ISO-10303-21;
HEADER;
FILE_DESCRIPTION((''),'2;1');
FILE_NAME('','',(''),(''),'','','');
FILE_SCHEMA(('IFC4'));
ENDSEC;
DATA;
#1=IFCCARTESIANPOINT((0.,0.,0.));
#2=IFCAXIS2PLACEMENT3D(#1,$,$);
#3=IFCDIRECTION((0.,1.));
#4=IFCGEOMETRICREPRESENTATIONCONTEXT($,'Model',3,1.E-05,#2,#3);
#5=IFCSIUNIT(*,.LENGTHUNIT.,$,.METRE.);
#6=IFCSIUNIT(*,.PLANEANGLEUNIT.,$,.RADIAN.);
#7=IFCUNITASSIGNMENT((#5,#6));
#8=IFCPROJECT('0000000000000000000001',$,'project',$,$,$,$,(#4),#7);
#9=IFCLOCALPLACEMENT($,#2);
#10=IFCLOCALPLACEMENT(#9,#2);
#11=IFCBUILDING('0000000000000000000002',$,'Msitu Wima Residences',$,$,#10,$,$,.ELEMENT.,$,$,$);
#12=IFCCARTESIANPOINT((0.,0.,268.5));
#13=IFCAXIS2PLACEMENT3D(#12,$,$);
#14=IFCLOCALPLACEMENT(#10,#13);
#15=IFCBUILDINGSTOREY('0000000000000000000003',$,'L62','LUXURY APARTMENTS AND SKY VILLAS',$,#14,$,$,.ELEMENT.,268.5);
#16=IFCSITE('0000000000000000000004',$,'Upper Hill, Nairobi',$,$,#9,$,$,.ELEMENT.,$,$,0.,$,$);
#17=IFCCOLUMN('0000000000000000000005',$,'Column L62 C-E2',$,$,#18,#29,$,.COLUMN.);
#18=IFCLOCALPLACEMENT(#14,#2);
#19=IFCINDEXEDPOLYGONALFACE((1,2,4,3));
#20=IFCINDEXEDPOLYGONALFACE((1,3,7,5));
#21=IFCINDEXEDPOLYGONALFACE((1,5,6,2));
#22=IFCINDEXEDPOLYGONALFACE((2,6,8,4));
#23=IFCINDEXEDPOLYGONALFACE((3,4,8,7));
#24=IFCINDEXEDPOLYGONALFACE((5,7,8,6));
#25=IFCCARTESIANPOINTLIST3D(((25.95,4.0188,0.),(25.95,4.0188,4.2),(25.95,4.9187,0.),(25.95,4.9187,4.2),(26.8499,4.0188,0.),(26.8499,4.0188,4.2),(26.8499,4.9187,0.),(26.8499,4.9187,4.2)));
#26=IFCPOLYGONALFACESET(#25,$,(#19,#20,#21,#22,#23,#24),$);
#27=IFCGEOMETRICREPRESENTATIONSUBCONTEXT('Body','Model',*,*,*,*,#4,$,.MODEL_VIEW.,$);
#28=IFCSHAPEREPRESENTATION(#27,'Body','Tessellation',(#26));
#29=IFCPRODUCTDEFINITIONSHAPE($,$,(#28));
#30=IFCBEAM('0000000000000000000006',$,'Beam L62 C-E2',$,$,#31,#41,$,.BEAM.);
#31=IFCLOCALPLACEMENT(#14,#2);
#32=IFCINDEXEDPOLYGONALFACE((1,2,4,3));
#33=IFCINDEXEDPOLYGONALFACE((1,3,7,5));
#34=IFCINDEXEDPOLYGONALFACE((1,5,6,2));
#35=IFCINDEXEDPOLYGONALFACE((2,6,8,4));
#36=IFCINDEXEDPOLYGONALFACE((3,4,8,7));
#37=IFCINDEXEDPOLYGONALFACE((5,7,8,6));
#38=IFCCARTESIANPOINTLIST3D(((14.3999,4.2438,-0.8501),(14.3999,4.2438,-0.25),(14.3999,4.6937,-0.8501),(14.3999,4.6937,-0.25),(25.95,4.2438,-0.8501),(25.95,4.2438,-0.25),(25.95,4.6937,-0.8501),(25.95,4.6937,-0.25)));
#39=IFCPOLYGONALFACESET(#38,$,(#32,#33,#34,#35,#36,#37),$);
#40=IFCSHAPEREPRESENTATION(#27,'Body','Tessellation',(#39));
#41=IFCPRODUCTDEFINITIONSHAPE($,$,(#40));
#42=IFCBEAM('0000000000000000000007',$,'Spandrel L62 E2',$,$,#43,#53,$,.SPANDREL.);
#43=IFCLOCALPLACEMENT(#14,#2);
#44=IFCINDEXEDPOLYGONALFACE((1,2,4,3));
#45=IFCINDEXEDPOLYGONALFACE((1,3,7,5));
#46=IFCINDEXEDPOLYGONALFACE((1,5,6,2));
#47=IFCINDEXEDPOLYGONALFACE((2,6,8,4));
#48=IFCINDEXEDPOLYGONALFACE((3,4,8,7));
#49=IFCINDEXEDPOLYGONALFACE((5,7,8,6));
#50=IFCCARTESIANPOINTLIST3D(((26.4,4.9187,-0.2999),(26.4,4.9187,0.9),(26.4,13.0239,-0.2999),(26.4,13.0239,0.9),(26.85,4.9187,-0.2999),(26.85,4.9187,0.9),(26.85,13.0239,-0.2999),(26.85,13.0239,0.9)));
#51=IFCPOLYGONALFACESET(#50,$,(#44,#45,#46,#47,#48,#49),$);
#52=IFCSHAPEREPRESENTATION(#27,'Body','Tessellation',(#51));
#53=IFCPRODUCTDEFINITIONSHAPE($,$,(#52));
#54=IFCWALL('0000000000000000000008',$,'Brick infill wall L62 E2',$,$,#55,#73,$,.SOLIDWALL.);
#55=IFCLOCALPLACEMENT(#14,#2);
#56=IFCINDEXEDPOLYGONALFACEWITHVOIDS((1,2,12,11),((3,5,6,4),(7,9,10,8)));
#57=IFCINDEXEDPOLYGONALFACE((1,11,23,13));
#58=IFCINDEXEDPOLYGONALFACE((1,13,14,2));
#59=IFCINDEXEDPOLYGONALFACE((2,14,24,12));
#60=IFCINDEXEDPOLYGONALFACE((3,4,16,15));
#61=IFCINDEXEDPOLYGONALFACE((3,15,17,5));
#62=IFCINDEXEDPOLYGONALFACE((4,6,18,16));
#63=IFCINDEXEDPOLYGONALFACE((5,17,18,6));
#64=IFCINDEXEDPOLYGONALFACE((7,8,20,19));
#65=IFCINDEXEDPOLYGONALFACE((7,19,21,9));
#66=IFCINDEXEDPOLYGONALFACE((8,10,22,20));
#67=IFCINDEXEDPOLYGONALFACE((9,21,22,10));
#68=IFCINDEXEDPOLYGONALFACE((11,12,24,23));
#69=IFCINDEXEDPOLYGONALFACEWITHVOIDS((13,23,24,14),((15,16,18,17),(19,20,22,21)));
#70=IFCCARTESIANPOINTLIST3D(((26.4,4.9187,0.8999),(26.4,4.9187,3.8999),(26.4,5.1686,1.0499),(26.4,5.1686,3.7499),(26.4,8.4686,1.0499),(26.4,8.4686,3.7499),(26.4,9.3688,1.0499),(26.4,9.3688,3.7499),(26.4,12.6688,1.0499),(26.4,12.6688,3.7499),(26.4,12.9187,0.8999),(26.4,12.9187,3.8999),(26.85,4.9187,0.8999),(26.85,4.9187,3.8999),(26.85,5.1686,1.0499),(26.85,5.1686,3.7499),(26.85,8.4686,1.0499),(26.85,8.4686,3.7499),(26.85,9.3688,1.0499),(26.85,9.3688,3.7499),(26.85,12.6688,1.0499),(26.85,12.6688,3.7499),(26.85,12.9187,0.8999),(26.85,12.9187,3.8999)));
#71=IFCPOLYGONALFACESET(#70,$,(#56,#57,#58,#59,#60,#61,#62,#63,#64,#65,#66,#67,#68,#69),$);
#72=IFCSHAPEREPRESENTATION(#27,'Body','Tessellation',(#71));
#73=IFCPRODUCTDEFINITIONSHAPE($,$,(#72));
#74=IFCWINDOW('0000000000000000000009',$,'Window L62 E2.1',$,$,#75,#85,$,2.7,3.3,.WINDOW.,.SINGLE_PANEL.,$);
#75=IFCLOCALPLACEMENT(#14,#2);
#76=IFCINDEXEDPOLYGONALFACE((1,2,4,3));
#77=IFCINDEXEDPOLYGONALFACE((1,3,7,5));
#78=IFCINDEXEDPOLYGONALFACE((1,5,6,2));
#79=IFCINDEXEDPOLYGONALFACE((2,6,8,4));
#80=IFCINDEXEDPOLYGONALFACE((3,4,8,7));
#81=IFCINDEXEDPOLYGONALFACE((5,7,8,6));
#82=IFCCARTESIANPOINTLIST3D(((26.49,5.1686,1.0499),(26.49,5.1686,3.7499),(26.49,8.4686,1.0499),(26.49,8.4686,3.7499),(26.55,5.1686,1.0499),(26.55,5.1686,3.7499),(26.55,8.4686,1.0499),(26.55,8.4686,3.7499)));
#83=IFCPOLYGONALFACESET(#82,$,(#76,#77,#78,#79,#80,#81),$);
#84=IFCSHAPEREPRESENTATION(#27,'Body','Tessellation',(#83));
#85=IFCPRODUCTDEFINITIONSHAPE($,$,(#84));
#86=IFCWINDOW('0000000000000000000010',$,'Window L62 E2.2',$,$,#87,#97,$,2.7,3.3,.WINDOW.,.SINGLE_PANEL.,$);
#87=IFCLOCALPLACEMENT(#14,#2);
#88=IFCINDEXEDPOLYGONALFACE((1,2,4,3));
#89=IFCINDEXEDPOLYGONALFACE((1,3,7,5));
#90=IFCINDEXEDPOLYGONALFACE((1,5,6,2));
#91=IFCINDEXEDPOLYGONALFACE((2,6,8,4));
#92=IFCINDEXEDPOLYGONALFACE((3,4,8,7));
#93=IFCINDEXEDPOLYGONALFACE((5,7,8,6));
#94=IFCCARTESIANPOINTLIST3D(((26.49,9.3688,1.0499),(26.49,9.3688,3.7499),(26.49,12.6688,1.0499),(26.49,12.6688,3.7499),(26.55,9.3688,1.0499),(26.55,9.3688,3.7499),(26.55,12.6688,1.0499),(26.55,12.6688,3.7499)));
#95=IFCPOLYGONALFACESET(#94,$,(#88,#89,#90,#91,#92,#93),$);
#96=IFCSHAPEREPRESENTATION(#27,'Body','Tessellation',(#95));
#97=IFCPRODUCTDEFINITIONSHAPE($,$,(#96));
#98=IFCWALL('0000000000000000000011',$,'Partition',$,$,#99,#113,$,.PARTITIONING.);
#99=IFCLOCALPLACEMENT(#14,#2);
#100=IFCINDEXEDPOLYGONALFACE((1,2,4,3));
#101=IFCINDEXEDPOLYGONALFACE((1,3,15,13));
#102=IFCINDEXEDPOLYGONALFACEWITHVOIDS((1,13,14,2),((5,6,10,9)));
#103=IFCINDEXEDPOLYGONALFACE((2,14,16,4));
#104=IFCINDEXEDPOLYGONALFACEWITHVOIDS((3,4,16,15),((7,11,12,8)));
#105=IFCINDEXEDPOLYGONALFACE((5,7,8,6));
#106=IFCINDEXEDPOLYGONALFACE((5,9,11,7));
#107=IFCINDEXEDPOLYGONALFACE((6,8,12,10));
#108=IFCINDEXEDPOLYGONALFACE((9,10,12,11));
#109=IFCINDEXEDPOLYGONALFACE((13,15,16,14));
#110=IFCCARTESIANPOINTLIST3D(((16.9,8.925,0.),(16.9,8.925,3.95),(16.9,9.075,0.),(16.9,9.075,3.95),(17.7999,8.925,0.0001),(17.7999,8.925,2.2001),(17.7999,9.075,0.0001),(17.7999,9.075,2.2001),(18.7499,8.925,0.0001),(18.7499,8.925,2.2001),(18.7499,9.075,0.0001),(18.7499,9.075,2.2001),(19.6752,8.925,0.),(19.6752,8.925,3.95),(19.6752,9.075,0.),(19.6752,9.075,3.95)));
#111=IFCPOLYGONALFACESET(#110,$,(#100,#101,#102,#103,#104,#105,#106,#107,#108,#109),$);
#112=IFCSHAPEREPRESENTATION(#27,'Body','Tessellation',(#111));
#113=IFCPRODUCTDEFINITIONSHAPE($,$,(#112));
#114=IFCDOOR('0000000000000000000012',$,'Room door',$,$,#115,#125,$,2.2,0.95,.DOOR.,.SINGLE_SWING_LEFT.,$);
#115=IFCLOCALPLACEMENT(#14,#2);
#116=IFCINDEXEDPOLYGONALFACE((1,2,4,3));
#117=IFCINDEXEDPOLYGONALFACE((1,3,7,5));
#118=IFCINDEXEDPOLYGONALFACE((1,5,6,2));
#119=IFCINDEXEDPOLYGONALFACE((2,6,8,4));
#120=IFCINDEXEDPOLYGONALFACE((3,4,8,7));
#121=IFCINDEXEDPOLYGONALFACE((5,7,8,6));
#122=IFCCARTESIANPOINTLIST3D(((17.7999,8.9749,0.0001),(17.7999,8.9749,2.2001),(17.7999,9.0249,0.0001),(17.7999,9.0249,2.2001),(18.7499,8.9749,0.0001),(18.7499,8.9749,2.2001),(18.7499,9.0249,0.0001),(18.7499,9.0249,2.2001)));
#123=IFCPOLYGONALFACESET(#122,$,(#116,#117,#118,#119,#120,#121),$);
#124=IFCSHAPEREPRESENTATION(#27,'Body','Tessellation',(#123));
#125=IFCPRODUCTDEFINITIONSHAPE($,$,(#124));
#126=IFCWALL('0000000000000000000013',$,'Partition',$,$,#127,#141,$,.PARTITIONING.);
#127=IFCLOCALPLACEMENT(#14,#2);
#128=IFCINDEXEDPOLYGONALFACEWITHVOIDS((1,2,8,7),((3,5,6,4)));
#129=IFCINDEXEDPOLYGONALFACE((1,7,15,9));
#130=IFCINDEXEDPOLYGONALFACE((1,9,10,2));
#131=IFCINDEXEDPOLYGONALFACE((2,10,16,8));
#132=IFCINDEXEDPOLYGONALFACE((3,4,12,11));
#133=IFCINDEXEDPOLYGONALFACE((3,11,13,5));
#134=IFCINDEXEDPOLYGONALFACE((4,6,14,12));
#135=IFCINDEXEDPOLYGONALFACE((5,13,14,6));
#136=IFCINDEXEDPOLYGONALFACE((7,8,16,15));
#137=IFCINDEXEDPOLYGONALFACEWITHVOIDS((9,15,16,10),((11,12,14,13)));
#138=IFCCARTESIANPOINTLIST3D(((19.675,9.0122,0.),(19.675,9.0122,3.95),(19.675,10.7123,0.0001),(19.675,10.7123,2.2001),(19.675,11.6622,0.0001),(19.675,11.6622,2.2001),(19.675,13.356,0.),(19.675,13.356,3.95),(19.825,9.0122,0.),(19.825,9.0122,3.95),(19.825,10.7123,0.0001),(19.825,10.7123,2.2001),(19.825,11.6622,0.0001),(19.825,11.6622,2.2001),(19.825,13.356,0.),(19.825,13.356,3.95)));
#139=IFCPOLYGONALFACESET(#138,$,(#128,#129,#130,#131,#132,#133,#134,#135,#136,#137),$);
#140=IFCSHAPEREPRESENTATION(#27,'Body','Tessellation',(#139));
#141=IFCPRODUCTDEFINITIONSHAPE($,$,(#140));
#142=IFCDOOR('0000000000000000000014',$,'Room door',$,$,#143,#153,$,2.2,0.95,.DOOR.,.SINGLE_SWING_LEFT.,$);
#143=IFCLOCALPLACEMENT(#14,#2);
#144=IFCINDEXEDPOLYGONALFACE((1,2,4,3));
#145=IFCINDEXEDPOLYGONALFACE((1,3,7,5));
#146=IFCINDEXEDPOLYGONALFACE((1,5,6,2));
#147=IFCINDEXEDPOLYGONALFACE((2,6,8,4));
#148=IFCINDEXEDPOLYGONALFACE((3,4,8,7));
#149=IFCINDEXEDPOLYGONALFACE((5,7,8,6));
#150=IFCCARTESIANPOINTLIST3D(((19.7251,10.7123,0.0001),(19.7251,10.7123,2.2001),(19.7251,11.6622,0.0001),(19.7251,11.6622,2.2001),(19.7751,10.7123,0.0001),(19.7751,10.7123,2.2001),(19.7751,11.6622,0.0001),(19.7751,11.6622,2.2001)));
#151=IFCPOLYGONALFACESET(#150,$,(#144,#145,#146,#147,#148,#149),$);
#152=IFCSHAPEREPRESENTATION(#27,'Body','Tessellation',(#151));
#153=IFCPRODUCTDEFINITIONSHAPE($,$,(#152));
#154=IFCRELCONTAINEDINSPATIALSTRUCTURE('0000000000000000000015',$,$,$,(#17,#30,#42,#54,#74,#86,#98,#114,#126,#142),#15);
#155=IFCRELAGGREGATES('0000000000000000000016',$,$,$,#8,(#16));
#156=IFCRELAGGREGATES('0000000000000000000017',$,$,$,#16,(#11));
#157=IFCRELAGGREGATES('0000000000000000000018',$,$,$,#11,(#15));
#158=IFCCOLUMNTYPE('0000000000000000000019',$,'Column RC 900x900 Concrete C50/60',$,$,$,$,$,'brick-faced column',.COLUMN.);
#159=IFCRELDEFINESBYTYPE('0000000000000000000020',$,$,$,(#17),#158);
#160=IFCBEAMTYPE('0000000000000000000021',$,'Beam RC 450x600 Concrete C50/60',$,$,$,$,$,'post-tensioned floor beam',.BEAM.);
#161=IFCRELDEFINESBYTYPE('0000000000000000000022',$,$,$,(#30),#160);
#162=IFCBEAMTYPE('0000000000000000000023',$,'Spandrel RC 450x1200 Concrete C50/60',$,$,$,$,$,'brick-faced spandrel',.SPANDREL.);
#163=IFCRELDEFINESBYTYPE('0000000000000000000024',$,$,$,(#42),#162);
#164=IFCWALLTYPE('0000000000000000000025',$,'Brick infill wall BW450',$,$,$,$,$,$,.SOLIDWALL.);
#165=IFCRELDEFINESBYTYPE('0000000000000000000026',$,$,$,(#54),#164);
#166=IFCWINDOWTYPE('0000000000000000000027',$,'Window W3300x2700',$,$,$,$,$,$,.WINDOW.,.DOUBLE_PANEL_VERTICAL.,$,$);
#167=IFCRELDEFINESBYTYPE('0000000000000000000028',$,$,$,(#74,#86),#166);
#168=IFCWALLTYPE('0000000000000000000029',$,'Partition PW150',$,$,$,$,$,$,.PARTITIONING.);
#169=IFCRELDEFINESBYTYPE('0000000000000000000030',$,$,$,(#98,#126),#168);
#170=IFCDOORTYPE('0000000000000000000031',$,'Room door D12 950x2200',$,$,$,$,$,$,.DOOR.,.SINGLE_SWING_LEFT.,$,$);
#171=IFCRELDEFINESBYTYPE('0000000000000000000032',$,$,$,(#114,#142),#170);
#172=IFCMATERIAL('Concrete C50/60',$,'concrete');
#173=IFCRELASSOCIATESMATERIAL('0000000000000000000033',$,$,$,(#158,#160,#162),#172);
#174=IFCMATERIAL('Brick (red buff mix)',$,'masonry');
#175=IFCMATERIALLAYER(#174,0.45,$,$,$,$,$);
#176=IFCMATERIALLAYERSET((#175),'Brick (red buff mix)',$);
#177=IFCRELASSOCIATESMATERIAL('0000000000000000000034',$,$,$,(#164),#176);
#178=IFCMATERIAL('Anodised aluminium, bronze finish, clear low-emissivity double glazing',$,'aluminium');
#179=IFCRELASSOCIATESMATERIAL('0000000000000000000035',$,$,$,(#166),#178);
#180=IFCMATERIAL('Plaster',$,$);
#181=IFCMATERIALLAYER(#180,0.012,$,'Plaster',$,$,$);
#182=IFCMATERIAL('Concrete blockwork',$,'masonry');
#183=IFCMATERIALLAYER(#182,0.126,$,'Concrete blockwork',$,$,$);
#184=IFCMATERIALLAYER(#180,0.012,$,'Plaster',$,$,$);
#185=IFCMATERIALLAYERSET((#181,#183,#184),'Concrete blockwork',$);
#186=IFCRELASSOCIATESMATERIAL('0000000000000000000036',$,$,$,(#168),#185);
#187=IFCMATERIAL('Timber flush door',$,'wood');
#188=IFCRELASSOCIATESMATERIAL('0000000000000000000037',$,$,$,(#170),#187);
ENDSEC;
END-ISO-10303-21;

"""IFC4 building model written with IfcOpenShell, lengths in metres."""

from ifc_helpers import new_model, si_unit, direction, frame, frame_2d, origin, origin_2d, place, context, subcontext, project, spatial, rectangle, extrude, material, layer, layer_set, material_profile, profile_set, type_object, element, fill, save


model = new_model("IFC4")

# Units and contexts
model_context = context("Model", 3, precision=1e-05, world=origin(), true_north=direction((0.0, 1.0)))
body_context = subcontext(model_context, "Body", "Model", "MODEL_VIEW")
ifc_project = project(units=[si_unit("LENGTHUNIT", "METRE"), si_unit("PLANEANGLEUNIT", "RADIAN")], contexts=[model_context])

# Site, building, storey
site_placement = place(None, origin())
site = spatial("IfcSite", under=ifc_project, at=site_placement, Name="Upper Hill, Nairobi", CompositionType="ELEMENT", RefElevation=0.0)
building_placement = place(site_placement, origin())
building = spatial("IfcBuilding", under=site, at=building_placement, Name="Msitu Wima Residences", CompositionType="ELEMENT")
storey_placement = place(building_placement, frame((0.0, 0.0, 268.5)))
storey = spatial("IfcBuildingStorey", under=building, at=storey_placement, Name="L62", Description="LUXURY APARTMENTS AND SKY VILLAS", CompositionType="ELEMENT", Elevation=268.5)

# Column
ifc_material_1 = material(Name="Concrete C50/60", Category="concrete")
ifc_material_profile_1 = material_profile(ifc_material_1, rectangle(XDim=0.8999, YDim=0.8999, at=origin_2d()), Name="RC 900x900")
ifc_profile_set_1 = profile_set([ifc_material_profile_1], Name="Concrete C50/60")
column_type = type_object("IfcColumnType", Name="Column RC 900x900 Concrete C50/60", ElementType="brick-faced column", PredefinedType="COLUMN", material=ifc_profile_set_1)
column_placement = place(storey_placement, frame((26.3999, 4.4688, 0.0), z_axis=(0.0, 0.0, 1.0), x_axis=(0.0, 1.0, 0.0)))
element("IfcColumn", 1, at=column_placement, inside=storey, type_object=column_type, Name="Column L62 C-E2", PredefinedType="COLUMN", context=body_context, shape_type="SweptSolid", body=[
    extrude(rectangle(XDim=0.8999, YDim=0.8999, at=origin_2d()), origin(), (0.0, 0.0, 1.0), 4.2),
])

# Beams
ifc_material_profile_2 = material_profile(ifc_material_1, rectangle(XDim=0.45, YDim=0.6001, at=origin_2d()), Name="RC 450x600")
ifc_profile_set_2 = profile_set([ifc_material_profile_2], Name="Concrete C50/60")
beam_type_1 = type_object("IfcBeamType", Name="Beam RC 450x600 Concrete C50/60", ElementType="post-tensioned floor beam", PredefinedType="BEAM", material=ifc_profile_set_2)
beam_1_placement = place(storey_placement, frame((25.95, 4.4688, -0.55), z_axis=(-1.0, 0.0, 0.0), x_axis=(0.0, -1.0, 0.0)))
element("IfcBeam", 2, at=beam_1_placement, inside=storey, type_object=beam_type_1, Name="Beam L62 C-E2", PredefinedType="BEAM", context=body_context, shape_type="SweptSolid", body=[
    extrude(rectangle(XDim=0.45, YDim=0.6001, at=origin_2d()), origin(), (0.0, 0.0, 1.0), 11.55),
])
ifc_material_profile_3 = material_profile(ifc_material_1, rectangle(XDim=0.45, YDim=1.2, at=origin_2d()), Name="RC 450x1200")
ifc_profile_set_3 = profile_set([ifc_material_profile_3], Name="Concrete C50/60")
beam_type_2 = type_object("IfcBeamType", Name="Spandrel RC 450x1200 Concrete C50/60", ElementType="brick-faced spandrel", PredefinedType="SPANDREL", material=ifc_profile_set_3)
beam_2_placement = place(storey_placement, frame((26.625, 4.9187, 0.3), z_axis=(0.0, 1.0, 0.0), x_axis=(-1.0, 0.0, 0.0)))
element("IfcBeam", 3, at=beam_2_placement, inside=storey, type_object=beam_type_2, Name="Spandrel L62 E2", PredefinedType="SPANDREL", context=body_context, shape_type="SweptSolid", body=[
    extrude(rectangle(XDim=0.45, YDim=1.2, at=origin_2d()), origin(), (0.0, 0.0, 1.0), 8.1052),
])

# Wall, openings, windows
ifc_material_2 = material(Name="Brick (red buff mix)", Category="masonry")
ifc_layer_1 = layer(ifc_material_2, 0.45)
ifc_layer_set_1 = layer_set([ifc_layer_1], Name="Brick (red buff mix)")
wall_type_1 = type_object("IfcWallType", Name="Brick infill wall BW450", PredefinedType="SOLIDWALL", material=ifc_layer_set_1)
wall_1_placement = place(storey_placement, frame((26.625, 4.9187, 0.8999), z_axis=(0.0, 0.0, 1.0), x_axis=(0.0, 1.0, 0.0)))
wall_1 = element("IfcWall", 4, at=wall_1_placement, inside=storey, type_object=wall_type_1, Name="Brick infill wall L62 E2", PredefinedType="SOLIDWALL", context=body_context, shape_type="SweptSolid", body=[
    extrude(rectangle(XDim=8.0, YDim=0.45, at=frame_2d((4.0, 0.0))), origin(), (0.0, 0.0, 1.0), 3.0),
])
opening_1_placement = place(wall_1_placement, frame((0.25, 0.0, 0.1499)))
opening_1 = element("IfcOpeningElement", 5, at=opening_1_placement, cuts=wall_1, PredefinedType="OPENING", context=body_context, shape_type="SweptSolid", body=[
    extrude(rectangle(XDim=3.3, YDim=2.7, at=frame_2d((1.6499, 1.3501))), frame((0.0, 0.2349, 0.0), z_axis=(0.0, -1.0, 0.0), x_axis=(1.0, 0.0, 0.0)), (0.0, 0.0, 1.0), 0.47),
])
opening_2_placement = place(wall_1_placement, frame((4.4502, 0.0, 0.1499)))
opening_2 = element("IfcOpeningElement", 6, at=opening_2_placement, cuts=wall_1, PredefinedType="OPENING", context=body_context, shape_type="SweptSolid", body=[
    extrude(rectangle(XDim=3.3, YDim=2.7, at=frame_2d((1.6499, 1.3501))), frame((0.0, 0.2349, 0.0), z_axis=(0.0, -1.0, 0.0), x_axis=(1.0, 0.0, 0.0)), (0.0, 0.0, 1.0), 0.47),
])
ifc_material_3 = material(Name="Anodised aluminium, bronze finish, clear low-emissivity double glazing", Category="aluminium")
window_type = type_object("IfcWindowType", Name="Window W3300x2700", PartitioningType="DOUBLE_PANEL_VERTICAL", PredefinedType="WINDOW", material=ifc_material_3)
window_1_placement = place(opening_1_placement, origin())
window_1 = element("IfcWindow", 7, at=window_1_placement, inside=storey, type_object=window_type, Name="Window L62 E2.1", OverallHeight=2.7, OverallWidth=3.3, PartitioningType="SINGLE_PANEL", PredefinedType="WINDOW", context=body_context, shape_type="SweptSolid", body=[
    extrude(rectangle(XDim=3.3, YDim=2.7, at=frame_2d((1.6499, 1.3501))), frame((0.0, 0.135, 0.0), z_axis=(0.0, -1.0, 0.0), x_axis=(1.0, 0.0, 0.0)), (0.0, 0.0, 1.0), 0.0601),
])
fill(opening_1, window_1)
window_2_placement = place(opening_2_placement, origin())
window_2 = element("IfcWindow", 8, at=window_2_placement, inside=storey, type_object=window_type, Name="Window L62 E2.2", OverallHeight=2.7, OverallWidth=3.3, PartitioningType="SINGLE_PANEL", PredefinedType="WINDOW", context=body_context, shape_type="SweptSolid", body=[
    extrude(rectangle(XDim=3.3, YDim=2.7, at=frame_2d((1.6499, 1.3501))), frame((0.0, 0.135, 0.0), z_axis=(0.0, -1.0, 0.0), x_axis=(1.0, 0.0, 0.0)), (0.0, 0.0, 1.0), 0.0601),
])
fill(opening_2, window_2)

# Walls, openings, doors
ifc_material_4 = material(Name="Plaster")
ifc_layer_2 = layer(ifc_material_4, 0.012, Name="Plaster")
ifc_material_5 = material(Name="Concrete blockwork", Category="masonry")
ifc_layer_3 = layer(ifc_material_5, 0.126, Name="Concrete blockwork")
ifc_layer_4 = layer(ifc_material_4, 0.012, Name="Plaster")
ifc_layer_set_2 = layer_set([ifc_layer_2, ifc_layer_3, ifc_layer_4], Name="Concrete blockwork")
wall_type_2 = type_object("IfcWallType", Name="Partition PW150", PredefinedType="PARTITIONING", material=ifc_layer_set_2)
wall_2_placement = place(storey_placement, frame((16.8999, 9.0, 0.0), z_axis=(0.0, 0.0, 1.0), x_axis=(1.0, 0.0, 0.0)))
wall_2 = element("IfcWall", 9, at=wall_2_placement, inside=storey, type_object=wall_type_2, Name="Partition", PredefinedType="PARTITIONING", context=body_context, shape_type="SweptSolid", body=[
    extrude(rectangle(XDim=2.7751, YDim=0.1499, at=frame_2d((1.3877, 0.0))), origin(), (0.0, 0.0, 1.0), 3.95),
])
opening_3_placement = place(wall_2_placement, frame((0.8999, 0.0, 0.0)))
opening_3 = element("IfcOpeningElement", 10, at=opening_3_placement, cuts=wall_2, PredefinedType="OPENING", context=body_context, shape_type="SweptSolid", body=[
    extrude(rectangle(XDim=0.95, YDim=2.2, at=frame_2d((0.4751, 1.1001))), frame((0.0, 0.085, 0.0), z_axis=(0.0, -1.0, 0.0), x_axis=(1.0, 0.0, 0.0)), (0.0, 0.0, 1.0), 0.1699),
])
ifc_material_6 = material(Name="Timber flush door", Category="wood")
door_type_1 = type_object("IfcDoorType", Name="Room door D12 950x2200", OperationType="SINGLE_SWING_LEFT", PredefinedType="DOOR", material=ifc_material_6)
door_1_placement = place(opening_3_placement, origin())
door_1 = element("IfcDoor", 11, at=door_1_placement, inside=storey, type_object=door_type_1, Name="Room door", OperationType="SINGLE_SWING_LEFT", OverallHeight=2.2, OverallWidth=0.95, PredefinedType="DOOR", context=body_context, shape_type="SweptSolid", body=[
    extrude(rectangle(XDim=0.95, YDim=2.2, at=frame_2d((0.4751, 1.1001))), frame((0.0, 0.0249, 0.0), z_axis=(0.0, -1.0, 0.0), x_axis=(1.0, 0.0, 0.0)), (0.0, 0.0, 1.0), 0.05),
])
fill(opening_3, door_1)
wall_3_placement = place(storey_placement, frame((19.75, 9.0122, 0.0), z_axis=(0.0, 0.0, 1.0), x_axis=(0.0, 1.0, 0.0)))
wall_3 = element("IfcWall", 12, at=wall_3_placement, inside=storey, type_object=wall_type_2, Name="Partition", PredefinedType="PARTITIONING", context=body_context, shape_type="SweptSolid", body=[
    extrude(rectangle(XDim=4.3438, YDim=0.1499, at=frame_2d((2.1719, 0.0))), origin(), (0.0, 0.0, 1.0), 3.95),
])
opening_4_placement = place(wall_3_placement, frame((1.7, 0.0, 0.0)))
opening_4 = element("IfcOpeningElement", 13, at=opening_4_placement, cuts=wall_3, PredefinedType="OPENING", context=body_context, shape_type="SweptSolid", body=[
    extrude(rectangle(XDim=0.95, YDim=2.2, at=frame_2d((0.4751, 1.1001))), frame((0.0, 0.085, 0.0), z_axis=(0.0, -1.0, 0.0), x_axis=(1.0, 0.0, 0.0)), (0.0, 0.0, 1.0), 0.1699),
])
door_2_placement = place(opening_4_placement, origin())
door_2 = element("IfcDoor", 14, at=door_2_placement, inside=storey, type_object=door_type_1, Name="Room door", OperationType="SINGLE_SWING_LEFT", OverallHeight=2.2, OverallWidth=0.95, PredefinedType="DOOR", context=body_context, shape_type="SweptSolid", body=[
    extrude(rectangle(XDim=0.95, YDim=2.2, at=frame_2d((0.4751, 1.1001))), frame((0.0, 0.0249, 0.0), z_axis=(0.0, -1.0, 0.0), x_axis=(1.0, 0.0, 0.0)), (0.0, 0.0, 1.0), 0.05),
])
fill(opening_4, door_2)

save(model, "model.ifc")
